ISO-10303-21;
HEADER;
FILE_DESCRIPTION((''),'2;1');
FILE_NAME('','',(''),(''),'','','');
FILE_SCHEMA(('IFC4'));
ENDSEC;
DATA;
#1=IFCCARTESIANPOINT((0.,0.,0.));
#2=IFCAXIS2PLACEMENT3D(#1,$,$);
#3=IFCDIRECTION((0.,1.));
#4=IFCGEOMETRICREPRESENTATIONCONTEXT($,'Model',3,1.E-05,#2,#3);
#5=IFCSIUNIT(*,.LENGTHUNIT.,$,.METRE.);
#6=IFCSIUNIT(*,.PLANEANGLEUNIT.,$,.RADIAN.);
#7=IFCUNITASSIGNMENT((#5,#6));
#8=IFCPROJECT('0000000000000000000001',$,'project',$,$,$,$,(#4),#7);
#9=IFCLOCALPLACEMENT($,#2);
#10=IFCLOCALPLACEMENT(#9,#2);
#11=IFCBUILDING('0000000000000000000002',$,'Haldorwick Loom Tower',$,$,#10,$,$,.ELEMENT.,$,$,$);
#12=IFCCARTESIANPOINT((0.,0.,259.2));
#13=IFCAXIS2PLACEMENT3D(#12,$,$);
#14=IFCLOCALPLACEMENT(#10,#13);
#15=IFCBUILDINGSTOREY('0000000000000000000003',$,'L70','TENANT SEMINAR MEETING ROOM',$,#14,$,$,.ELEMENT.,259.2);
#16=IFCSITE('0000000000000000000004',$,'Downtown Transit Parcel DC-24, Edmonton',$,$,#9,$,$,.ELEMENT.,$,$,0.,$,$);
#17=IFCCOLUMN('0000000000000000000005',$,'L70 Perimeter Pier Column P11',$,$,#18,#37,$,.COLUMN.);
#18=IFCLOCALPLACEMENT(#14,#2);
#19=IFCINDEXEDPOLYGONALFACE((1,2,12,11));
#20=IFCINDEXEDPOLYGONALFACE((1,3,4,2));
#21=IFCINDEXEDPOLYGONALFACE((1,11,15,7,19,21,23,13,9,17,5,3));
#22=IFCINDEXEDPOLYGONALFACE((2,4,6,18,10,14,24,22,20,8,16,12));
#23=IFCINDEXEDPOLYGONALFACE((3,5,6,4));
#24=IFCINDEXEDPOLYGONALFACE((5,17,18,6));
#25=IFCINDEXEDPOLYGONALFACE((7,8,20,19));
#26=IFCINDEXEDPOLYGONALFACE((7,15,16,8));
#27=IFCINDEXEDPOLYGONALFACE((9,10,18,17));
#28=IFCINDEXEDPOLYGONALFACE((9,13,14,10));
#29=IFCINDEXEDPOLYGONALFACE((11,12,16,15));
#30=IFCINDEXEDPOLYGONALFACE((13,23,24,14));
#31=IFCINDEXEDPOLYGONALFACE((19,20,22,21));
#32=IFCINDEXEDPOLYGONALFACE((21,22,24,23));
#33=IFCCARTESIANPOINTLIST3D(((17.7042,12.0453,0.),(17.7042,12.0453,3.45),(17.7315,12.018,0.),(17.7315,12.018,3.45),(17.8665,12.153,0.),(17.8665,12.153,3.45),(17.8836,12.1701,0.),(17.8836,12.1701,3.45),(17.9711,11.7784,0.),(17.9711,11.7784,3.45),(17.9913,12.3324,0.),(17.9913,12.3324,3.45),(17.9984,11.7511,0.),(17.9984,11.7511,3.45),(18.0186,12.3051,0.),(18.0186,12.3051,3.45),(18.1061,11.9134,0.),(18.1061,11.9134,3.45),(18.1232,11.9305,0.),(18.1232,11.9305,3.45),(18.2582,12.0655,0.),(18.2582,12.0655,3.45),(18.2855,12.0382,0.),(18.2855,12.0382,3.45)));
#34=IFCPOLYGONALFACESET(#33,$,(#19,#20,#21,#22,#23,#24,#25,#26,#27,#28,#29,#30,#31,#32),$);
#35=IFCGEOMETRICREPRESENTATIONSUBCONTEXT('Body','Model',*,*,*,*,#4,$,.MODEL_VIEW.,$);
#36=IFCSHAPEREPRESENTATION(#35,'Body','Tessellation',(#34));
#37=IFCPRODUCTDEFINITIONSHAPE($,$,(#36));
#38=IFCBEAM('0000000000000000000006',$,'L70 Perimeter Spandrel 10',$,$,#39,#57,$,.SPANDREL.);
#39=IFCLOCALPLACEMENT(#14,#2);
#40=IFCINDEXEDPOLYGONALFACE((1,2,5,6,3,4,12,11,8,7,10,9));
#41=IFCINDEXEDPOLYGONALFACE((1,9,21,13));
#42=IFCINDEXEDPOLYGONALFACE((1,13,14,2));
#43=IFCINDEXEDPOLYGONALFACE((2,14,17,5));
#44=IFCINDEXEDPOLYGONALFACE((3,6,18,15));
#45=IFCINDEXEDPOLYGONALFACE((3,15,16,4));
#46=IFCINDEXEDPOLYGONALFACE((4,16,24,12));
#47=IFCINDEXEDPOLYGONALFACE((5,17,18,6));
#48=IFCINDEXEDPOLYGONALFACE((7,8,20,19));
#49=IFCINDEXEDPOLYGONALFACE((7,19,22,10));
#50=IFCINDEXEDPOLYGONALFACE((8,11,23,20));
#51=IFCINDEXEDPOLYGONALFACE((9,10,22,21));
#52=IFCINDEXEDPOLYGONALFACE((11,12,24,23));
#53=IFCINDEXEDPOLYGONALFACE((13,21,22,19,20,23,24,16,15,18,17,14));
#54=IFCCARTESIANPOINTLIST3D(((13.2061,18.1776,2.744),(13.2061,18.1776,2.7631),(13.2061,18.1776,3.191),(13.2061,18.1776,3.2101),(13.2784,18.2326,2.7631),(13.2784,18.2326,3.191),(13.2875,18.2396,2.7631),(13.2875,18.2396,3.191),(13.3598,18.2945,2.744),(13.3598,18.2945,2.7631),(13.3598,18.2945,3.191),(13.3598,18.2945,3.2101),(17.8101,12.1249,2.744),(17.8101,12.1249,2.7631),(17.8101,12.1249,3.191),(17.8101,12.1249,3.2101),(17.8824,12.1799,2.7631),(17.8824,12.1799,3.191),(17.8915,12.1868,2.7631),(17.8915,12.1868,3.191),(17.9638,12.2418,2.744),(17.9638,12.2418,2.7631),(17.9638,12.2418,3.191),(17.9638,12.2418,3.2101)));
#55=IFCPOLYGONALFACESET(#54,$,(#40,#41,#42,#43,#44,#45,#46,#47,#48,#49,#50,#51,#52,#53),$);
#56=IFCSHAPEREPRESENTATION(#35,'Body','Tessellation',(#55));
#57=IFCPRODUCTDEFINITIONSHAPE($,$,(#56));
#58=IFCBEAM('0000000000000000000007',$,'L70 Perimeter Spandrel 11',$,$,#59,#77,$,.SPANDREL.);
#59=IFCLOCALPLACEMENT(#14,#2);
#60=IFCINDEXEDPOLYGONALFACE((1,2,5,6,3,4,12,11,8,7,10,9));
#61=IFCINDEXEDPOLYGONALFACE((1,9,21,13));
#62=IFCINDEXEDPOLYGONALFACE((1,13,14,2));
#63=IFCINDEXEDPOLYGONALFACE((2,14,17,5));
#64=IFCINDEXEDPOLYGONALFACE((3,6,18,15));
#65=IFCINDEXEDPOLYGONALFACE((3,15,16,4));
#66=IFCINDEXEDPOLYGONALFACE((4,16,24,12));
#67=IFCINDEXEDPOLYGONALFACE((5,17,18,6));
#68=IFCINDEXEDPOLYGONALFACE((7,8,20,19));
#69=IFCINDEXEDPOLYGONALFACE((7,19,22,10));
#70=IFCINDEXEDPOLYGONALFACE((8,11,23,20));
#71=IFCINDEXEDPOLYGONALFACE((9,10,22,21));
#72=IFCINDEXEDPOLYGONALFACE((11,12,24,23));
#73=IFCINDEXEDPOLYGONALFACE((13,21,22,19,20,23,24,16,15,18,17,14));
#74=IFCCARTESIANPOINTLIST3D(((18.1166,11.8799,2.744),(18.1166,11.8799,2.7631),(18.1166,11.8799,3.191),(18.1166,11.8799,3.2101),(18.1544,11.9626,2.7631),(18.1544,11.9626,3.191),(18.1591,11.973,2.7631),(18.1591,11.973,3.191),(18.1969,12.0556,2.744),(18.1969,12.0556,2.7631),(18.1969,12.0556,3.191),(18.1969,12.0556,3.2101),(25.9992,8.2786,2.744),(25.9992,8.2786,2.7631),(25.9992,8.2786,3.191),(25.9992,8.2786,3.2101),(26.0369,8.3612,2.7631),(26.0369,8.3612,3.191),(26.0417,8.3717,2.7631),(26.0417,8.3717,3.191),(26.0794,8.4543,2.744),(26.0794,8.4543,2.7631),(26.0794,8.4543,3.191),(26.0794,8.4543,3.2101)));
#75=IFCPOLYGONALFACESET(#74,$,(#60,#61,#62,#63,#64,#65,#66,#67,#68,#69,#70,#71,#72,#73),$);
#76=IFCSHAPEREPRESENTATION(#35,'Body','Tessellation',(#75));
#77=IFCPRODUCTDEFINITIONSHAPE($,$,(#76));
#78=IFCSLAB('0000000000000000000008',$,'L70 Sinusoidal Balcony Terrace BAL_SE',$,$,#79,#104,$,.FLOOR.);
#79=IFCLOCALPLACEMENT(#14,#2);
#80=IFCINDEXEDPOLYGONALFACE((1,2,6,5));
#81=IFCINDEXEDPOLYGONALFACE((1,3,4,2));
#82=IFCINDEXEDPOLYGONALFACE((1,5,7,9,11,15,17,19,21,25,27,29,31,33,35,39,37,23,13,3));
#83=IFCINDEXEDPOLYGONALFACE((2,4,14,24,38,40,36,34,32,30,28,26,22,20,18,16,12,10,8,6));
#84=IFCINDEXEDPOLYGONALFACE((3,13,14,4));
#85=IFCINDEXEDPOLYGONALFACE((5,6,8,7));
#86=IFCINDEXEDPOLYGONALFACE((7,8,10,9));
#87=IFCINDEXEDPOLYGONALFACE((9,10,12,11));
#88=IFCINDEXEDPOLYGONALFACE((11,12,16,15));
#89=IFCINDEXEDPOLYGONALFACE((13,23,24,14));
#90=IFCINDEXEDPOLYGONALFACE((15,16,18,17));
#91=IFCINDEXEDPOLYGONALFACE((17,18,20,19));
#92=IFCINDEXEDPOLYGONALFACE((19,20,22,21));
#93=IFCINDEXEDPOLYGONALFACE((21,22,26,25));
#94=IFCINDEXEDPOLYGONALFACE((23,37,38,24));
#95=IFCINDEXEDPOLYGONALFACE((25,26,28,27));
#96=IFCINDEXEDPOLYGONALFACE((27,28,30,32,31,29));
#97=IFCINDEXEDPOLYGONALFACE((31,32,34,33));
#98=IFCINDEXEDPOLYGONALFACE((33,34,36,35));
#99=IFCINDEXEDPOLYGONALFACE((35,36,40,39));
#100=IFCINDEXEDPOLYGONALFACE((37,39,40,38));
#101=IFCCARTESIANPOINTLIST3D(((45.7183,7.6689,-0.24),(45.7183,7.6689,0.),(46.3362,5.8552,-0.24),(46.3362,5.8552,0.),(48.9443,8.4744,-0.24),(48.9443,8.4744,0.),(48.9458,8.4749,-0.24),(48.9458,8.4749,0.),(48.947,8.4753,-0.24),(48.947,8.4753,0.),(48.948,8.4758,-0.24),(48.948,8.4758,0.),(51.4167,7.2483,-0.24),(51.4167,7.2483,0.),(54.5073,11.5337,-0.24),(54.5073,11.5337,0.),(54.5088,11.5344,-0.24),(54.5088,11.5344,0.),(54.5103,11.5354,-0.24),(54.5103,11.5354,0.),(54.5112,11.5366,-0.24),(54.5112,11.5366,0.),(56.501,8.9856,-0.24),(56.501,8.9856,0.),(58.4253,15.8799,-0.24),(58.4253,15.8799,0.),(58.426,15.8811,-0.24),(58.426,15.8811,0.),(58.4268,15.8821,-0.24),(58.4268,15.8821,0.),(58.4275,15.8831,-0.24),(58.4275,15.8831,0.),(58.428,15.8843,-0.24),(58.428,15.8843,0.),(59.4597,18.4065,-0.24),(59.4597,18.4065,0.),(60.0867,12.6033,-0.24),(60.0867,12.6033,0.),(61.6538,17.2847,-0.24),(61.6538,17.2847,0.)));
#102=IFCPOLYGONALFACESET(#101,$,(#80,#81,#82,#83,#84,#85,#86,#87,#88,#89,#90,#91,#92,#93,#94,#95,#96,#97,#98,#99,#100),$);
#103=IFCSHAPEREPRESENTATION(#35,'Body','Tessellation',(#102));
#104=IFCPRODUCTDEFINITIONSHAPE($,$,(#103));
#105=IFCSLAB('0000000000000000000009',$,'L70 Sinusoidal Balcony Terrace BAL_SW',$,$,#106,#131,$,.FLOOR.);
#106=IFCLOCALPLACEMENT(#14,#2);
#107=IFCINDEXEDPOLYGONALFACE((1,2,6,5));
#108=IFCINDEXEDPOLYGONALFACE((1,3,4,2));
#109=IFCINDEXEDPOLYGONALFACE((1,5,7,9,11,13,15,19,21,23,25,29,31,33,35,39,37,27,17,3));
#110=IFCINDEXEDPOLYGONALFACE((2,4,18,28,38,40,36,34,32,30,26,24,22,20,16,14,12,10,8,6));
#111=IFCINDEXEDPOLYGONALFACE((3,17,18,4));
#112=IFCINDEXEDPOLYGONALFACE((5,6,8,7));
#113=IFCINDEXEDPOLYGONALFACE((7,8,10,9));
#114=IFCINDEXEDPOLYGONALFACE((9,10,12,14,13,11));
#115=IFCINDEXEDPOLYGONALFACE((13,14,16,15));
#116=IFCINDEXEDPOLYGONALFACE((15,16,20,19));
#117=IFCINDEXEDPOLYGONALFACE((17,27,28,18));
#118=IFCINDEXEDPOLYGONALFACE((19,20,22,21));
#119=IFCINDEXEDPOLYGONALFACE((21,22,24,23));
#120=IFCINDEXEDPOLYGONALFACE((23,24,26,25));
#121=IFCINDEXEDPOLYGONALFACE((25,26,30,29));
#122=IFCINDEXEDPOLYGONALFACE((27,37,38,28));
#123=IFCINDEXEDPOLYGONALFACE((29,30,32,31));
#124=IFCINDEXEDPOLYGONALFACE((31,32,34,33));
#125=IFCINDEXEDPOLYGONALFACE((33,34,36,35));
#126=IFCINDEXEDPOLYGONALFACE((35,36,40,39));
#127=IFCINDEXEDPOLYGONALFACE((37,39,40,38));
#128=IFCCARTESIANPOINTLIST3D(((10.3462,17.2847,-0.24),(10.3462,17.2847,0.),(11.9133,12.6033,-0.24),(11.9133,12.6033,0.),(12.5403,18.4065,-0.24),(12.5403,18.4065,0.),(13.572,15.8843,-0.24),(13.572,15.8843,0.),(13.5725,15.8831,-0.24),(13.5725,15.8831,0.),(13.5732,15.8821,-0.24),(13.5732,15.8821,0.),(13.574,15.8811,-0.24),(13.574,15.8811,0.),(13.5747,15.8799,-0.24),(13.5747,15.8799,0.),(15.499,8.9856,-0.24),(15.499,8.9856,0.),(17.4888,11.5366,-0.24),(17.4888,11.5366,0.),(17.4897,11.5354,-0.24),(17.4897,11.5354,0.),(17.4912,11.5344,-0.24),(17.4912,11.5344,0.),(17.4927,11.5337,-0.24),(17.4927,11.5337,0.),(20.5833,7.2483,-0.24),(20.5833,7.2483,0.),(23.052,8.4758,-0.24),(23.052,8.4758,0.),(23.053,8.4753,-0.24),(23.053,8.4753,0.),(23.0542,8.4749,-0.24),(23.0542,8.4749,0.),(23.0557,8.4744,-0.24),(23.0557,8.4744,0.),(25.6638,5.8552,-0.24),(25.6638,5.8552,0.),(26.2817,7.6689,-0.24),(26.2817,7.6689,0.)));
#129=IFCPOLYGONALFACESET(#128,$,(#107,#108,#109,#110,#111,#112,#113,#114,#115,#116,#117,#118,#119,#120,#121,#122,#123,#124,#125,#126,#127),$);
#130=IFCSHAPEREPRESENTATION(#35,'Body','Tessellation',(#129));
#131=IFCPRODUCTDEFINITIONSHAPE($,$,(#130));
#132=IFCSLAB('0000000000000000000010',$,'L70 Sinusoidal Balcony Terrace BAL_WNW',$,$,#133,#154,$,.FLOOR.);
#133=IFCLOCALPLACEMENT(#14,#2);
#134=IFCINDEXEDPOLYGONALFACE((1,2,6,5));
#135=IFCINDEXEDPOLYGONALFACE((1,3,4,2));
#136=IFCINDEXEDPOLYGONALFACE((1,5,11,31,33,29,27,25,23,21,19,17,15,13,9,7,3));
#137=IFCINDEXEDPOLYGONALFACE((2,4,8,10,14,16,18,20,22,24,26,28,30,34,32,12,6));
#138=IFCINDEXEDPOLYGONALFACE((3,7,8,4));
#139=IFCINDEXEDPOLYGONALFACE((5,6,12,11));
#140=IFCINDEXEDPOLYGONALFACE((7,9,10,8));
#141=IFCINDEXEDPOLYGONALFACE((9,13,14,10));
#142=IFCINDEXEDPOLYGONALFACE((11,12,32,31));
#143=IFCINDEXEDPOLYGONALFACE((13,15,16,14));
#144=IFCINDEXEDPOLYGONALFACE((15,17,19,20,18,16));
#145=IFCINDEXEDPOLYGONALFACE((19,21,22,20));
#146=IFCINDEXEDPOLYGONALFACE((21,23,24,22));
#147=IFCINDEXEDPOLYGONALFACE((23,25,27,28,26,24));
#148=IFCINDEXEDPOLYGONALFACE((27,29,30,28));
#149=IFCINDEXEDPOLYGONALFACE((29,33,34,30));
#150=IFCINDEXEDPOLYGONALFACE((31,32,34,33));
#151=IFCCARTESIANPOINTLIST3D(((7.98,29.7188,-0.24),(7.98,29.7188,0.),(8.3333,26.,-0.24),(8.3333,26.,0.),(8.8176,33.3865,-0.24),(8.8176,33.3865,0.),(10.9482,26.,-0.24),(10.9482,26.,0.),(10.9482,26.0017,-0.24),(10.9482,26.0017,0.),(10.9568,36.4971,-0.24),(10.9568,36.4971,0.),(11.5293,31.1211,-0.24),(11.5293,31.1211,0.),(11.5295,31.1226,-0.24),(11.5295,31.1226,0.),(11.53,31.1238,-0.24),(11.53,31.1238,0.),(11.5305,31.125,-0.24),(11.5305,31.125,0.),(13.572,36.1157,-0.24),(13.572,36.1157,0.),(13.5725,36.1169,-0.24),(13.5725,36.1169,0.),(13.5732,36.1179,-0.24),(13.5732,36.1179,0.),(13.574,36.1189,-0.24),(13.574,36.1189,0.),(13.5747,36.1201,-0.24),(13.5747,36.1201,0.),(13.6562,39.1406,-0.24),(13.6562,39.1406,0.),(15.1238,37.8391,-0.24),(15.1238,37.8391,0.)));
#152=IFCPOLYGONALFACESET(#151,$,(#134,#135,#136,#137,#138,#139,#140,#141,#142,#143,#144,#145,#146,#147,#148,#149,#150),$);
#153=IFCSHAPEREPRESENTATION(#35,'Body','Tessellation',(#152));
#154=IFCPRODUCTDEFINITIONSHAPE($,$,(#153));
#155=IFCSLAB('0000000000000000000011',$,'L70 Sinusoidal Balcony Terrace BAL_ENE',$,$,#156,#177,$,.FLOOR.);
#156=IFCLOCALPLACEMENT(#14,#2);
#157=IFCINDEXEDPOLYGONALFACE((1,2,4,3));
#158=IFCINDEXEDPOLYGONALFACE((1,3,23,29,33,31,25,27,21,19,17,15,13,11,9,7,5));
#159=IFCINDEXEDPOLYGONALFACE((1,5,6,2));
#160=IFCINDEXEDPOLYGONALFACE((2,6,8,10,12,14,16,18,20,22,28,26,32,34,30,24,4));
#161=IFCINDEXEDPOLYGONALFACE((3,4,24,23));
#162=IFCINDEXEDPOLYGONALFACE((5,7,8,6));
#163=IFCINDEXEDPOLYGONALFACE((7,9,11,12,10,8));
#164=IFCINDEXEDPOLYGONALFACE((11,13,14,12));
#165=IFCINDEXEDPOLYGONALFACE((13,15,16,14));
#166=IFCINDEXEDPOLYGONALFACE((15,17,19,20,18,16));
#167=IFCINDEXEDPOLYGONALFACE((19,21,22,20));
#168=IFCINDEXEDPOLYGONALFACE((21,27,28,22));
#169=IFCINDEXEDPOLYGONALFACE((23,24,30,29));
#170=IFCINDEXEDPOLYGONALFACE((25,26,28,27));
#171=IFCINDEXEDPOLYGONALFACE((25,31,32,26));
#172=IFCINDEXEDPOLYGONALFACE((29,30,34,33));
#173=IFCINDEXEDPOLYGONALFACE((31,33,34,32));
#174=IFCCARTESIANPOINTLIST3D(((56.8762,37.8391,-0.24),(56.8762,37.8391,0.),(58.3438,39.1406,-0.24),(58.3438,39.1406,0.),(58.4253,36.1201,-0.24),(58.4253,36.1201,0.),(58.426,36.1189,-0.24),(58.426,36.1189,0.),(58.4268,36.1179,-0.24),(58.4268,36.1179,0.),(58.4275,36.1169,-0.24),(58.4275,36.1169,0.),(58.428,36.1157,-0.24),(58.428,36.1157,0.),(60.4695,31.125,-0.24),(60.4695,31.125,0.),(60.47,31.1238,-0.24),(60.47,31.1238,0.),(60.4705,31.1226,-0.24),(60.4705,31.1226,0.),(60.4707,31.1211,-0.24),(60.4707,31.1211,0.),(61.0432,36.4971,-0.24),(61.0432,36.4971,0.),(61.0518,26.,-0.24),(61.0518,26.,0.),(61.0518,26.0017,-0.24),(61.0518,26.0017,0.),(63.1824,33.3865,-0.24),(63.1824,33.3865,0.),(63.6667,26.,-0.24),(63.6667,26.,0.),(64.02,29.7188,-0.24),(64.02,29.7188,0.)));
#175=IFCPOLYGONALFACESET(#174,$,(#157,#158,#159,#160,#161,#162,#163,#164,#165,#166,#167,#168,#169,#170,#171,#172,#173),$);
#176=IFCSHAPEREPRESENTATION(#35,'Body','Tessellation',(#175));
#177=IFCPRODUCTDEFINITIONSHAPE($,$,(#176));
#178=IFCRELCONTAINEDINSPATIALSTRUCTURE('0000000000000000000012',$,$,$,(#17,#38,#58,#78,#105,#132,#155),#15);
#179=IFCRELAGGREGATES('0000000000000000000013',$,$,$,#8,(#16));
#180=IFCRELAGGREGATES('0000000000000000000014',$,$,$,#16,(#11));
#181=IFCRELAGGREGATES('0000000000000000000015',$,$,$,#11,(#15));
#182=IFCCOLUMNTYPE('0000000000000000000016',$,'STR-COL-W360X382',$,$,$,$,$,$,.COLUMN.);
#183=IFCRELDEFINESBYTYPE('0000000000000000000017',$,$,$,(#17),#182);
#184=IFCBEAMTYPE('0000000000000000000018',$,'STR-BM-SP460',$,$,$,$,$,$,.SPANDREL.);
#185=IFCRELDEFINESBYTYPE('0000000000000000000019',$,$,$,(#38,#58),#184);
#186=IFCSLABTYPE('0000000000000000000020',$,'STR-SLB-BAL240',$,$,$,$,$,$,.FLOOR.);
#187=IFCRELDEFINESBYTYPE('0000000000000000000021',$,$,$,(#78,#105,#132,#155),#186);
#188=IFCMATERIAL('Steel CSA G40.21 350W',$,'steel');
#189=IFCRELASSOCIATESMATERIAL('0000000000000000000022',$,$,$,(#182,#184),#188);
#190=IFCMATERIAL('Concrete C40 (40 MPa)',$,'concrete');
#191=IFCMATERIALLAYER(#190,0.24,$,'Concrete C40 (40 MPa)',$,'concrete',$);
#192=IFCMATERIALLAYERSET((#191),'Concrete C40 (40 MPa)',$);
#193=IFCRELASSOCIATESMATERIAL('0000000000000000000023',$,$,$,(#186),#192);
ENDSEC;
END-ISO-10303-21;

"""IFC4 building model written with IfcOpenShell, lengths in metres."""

from ifc_helpers import new_model, si_unit, direction, frame, origin, origin_2d, place, context, subcontext, project, spatial, polyline, i_section, outline, extrude, material, layer, layer_set, material_profile, profile_set, type_object, element, save


model = new_model("IFC4")

# Units and contexts
model_context = context("Model", 3, precision=1e-05, world=origin(), true_north=direction((0.0, 1.0)))
body_context = subcontext(model_context, "Body", "Model", "MODEL_VIEW")
ifc_project = project(units=[si_unit("LENGTHUNIT", "METRE"), si_unit("PLANEANGLEUNIT", "RADIAN")], contexts=[model_context])

# Site, building, storey
site_placement = place(None, origin())
site = spatial("IfcSite", under=ifc_project, at=site_placement, Name="Downtown Transit Parcel DC-24, Edmonton", CompositionType="ELEMENT", RefElevation=0.0)
building_placement = place(site_placement, origin())
building = spatial("IfcBuilding", under=site, at=building_placement, Name="Haldorwick Loom Tower", CompositionType="ELEMENT")
storey_placement = place(building_placement, frame((0.0, 0.0, 259.2)))
storey = spatial("IfcBuildingStorey", under=building, at=storey_placement, Name="L70", Description="TENANT SEMINAR MEETING ROOM", CompositionType="ELEMENT", Elevation=259.2)

# Column
ifc_material_1 = material(Name="Steel CSA G40.21 350W", Category="steel")
ifc_material_profile_1 = material_profile(ifc_material_1, i_section(OverallWidth=0.406, OverallDepth=0.416, WebThickness=0.0242, FlangeThickness=0.0386, at=origin_2d()), Name="W360X382", Category="steel")
ifc_profile_set_1 = profile_set([ifc_material_profile_1], Name="Steel CSA G40.21 350W")
column_type = type_object("IfcColumnType", Name="STR-COL-W360X382", PredefinedType="COLUMN", material=ifc_profile_set_1)
column_placement = place(storey_placement, frame((17.9949, 12.0417, 0.0), z_axis=(0.0, 0.0, 1.0), x_axis=(-0.707107, -0.707107, 0.0)))
element("IfcColumn", 1, at=column_placement, inside=storey, type_object=column_type, Name="L70 Perimeter Pier Column P11", PredefinedType="COLUMN", context=body_context, shape_type="SweptSolid", body=[
    extrude(i_section(OverallWidth=0.406, OverallDepth=0.416, WebThickness=0.0242, FlangeThickness=0.0386, at=origin_2d()), origin(), (0.0, 0.0, 1.0), 3.45),
])

# Beams
ifc_material_profile_2 = material_profile(ifc_material_1, i_section(OverallWidth=0.1931, OverallDepth=0.4661, WebThickness=0.0115, FlangeThickness=0.019, at=origin_2d()), Name="W460X97", Category="steel")
ifc_profile_set_2 = profile_set([ifc_material_profile_2], Name="Steel CSA G40.21 350W")
beam_type = type_object("IfcBeamType", Name="STR-BM-SP460", PredefinedType="SPANDREL", material=ifc_profile_set_2)
beam_1_placement = place(storey_placement, frame((13.283, 18.2361, 2.9771), z_axis=(0.60541, -0.795913, 0.0), x_axis=(0.795913, 0.60541, 0.0)))
element("IfcBeam", 2, at=beam_1_placement, inside=storey, type_object=beam_type, Name="L70 Perimeter Spandrel 10", PredefinedType="SPANDREL", context=body_context, shape_type="SweptSolid", body=[
    extrude(i_section(OverallWidth=0.1931, OverallDepth=0.4661, WebThickness=0.0115, FlangeThickness=0.019, at=origin_2d()), origin(), (0.0, 0.0, 1.0), 7.6047),
])
beam_2_placement = place(storey_placement, frame((18.1567, 11.9678, 2.9771), z_axis=(0.909568, -0.415555, 0.0), x_axis=(0.415555, 0.909568, 0.0)))
element("IfcBeam", 3, at=beam_2_placement, inside=storey, type_object=beam_type, Name="L70 Perimeter Spandrel 11", PredefinedType="SPANDREL", context=body_context, shape_type="SweptSolid", body=[
    extrude(i_section(OverallWidth=0.1931, OverallDepth=0.4661, WebThickness=0.0115, FlangeThickness=0.019, at=origin_2d()), origin(), (0.0, 0.0, 1.0), 8.6663),
])

# Slabs
ifc_material_2 = material(Name="Concrete C40 (40 MPa)", Category="concrete")
ifc_layer_1 = layer(ifc_material_2, 0.24, Name="Concrete C40 (40 MPa)", Category="concrete")
ifc_layer_set_1 = layer_set([ifc_layer_1], Name="Concrete C40 (40 MPa)")
slab_type_1 = type_object("IfcSlabType", Name="STR-SLB-BAL240", PredefinedType="FLOOR", material=ifc_layer_set_1)
slab_1_placement = place(storey_placement, frame((0.0, 0.0, -0.24)))
element("IfcSlab", 4, at=slab_1_placement, inside=storey, type_object=slab_type_1, Name="L70 Sinusoidal Balcony Terrace BAL_SE", PredefinedType="FLOOR", context=body_context, shape_type="SweptSolid", body=[
    extrude(outline(polyline([(59.4597, 18.4065), (58.428, 15.8843), (58.4275, 15.8831), (58.4268, 15.8821), (58.426, 15.8811), (58.4253, 15.8799), (54.5112, 11.5366), (54.5103, 11.5354), (54.5088, 11.5344), (54.5073, 11.5337), (48.948, 8.4758), (48.947, 8.4753), (48.9458, 8.4749), (48.9443, 8.4744), (45.7183, 7.6689), (46.3362, 5.8552), (51.4167, 7.2483), (56.501, 8.9856), (60.0867, 12.6033), (61.6538, 17.2847), (59.4597, 18.4065)])), origin(), (0.0, 0.0, 1.0), 0.24),
])
slab_2_placement = place(storey_placement, frame((0.0, 0.0, -0.24)))
element("IfcSlab", 5, at=slab_2_placement, inside=storey, type_object=slab_type_1, Name="L70 Sinusoidal Balcony Terrace BAL_SW", PredefinedType="FLOOR", context=body_context, shape_type="SweptSolid", body=[
    extrude(outline(polyline([(26.2817, 7.6689), (23.0557, 8.4744), (23.0542, 8.4749), (23.053, 8.4753), (23.052, 8.4758), (17.4927, 11.5337), (17.4912, 11.5344), (17.4897, 11.5354), (17.4888, 11.5366), (13.5747, 15.8799), (13.574, 15.8811), (13.5732, 15.8821), (13.5725, 15.8831), (13.572, 15.8843), (12.5403, 18.4065), (10.3462, 17.2847), (11.9133, 12.6033), (15.499, 8.9856), (20.5833, 7.2483), (25.6638, 5.8552), (26.2817, 7.6689)])), origin(), (0.0, 0.0, 1.0), 0.24),
])
slab_3_placement = place(storey_placement, frame((0.0, 0.0, -0.24)))
element("IfcSlab", 6, at=slab_3_placement, inside=storey, type_object=slab_type_1, Name="L70 Sinusoidal Balcony Terrace BAL_WNW", PredefinedType="FLOOR", context=body_context, shape_type="SweptSolid", body=[
    extrude(outline(polyline([(10.9482, 26.0), (10.9482, 26.0017), (11.5293, 31.1211), (11.5295, 31.1226), (11.53, 31.1238), (11.5305, 31.125), (13.572, 36.1157), (13.5725, 36.1169), (13.5732, 36.1179), (13.574, 36.1189), (13.5747, 36.1201), (15.1238, 37.8391), (13.6562, 39.1406), (10.9568, 36.4971), (8.8176, 33.3865), (7.98, 29.7188), (8.3333, 26.0), (10.9482, 26.0)])), origin(), (0.0, 0.0, 1.0), 0.24),
])
slab_4_placement = place(storey_placement, frame((0.0, 0.0, -0.24)))
element("IfcSlab", 7, at=slab_4_placement, inside=storey, type_object=slab_type_1, Name="L70 Sinusoidal Balcony Terrace BAL_ENE", PredefinedType="FLOOR", context=body_context, shape_type="SweptSolid", body=[
    extrude(outline(polyline([(56.8762, 37.8391), (58.4253, 36.1201), (58.426, 36.1189), (58.4268, 36.1179), (58.4275, 36.1169), (58.428, 36.1157), (60.4695, 31.125), (60.47, 31.1238), (60.4705, 31.1226), (60.4707, 31.1211), (61.0518, 26.0017), (61.0518, 26.0), (63.6667, 26.0), (64.02, 29.7188), (63.1824, 33.3865), (61.0432, 36.4971), (58.3438, 39.1406), (56.8762, 37.8391)])), origin(), (0.0, 0.0, 1.0), 0.24),
])

save(model, "model.ifc")
